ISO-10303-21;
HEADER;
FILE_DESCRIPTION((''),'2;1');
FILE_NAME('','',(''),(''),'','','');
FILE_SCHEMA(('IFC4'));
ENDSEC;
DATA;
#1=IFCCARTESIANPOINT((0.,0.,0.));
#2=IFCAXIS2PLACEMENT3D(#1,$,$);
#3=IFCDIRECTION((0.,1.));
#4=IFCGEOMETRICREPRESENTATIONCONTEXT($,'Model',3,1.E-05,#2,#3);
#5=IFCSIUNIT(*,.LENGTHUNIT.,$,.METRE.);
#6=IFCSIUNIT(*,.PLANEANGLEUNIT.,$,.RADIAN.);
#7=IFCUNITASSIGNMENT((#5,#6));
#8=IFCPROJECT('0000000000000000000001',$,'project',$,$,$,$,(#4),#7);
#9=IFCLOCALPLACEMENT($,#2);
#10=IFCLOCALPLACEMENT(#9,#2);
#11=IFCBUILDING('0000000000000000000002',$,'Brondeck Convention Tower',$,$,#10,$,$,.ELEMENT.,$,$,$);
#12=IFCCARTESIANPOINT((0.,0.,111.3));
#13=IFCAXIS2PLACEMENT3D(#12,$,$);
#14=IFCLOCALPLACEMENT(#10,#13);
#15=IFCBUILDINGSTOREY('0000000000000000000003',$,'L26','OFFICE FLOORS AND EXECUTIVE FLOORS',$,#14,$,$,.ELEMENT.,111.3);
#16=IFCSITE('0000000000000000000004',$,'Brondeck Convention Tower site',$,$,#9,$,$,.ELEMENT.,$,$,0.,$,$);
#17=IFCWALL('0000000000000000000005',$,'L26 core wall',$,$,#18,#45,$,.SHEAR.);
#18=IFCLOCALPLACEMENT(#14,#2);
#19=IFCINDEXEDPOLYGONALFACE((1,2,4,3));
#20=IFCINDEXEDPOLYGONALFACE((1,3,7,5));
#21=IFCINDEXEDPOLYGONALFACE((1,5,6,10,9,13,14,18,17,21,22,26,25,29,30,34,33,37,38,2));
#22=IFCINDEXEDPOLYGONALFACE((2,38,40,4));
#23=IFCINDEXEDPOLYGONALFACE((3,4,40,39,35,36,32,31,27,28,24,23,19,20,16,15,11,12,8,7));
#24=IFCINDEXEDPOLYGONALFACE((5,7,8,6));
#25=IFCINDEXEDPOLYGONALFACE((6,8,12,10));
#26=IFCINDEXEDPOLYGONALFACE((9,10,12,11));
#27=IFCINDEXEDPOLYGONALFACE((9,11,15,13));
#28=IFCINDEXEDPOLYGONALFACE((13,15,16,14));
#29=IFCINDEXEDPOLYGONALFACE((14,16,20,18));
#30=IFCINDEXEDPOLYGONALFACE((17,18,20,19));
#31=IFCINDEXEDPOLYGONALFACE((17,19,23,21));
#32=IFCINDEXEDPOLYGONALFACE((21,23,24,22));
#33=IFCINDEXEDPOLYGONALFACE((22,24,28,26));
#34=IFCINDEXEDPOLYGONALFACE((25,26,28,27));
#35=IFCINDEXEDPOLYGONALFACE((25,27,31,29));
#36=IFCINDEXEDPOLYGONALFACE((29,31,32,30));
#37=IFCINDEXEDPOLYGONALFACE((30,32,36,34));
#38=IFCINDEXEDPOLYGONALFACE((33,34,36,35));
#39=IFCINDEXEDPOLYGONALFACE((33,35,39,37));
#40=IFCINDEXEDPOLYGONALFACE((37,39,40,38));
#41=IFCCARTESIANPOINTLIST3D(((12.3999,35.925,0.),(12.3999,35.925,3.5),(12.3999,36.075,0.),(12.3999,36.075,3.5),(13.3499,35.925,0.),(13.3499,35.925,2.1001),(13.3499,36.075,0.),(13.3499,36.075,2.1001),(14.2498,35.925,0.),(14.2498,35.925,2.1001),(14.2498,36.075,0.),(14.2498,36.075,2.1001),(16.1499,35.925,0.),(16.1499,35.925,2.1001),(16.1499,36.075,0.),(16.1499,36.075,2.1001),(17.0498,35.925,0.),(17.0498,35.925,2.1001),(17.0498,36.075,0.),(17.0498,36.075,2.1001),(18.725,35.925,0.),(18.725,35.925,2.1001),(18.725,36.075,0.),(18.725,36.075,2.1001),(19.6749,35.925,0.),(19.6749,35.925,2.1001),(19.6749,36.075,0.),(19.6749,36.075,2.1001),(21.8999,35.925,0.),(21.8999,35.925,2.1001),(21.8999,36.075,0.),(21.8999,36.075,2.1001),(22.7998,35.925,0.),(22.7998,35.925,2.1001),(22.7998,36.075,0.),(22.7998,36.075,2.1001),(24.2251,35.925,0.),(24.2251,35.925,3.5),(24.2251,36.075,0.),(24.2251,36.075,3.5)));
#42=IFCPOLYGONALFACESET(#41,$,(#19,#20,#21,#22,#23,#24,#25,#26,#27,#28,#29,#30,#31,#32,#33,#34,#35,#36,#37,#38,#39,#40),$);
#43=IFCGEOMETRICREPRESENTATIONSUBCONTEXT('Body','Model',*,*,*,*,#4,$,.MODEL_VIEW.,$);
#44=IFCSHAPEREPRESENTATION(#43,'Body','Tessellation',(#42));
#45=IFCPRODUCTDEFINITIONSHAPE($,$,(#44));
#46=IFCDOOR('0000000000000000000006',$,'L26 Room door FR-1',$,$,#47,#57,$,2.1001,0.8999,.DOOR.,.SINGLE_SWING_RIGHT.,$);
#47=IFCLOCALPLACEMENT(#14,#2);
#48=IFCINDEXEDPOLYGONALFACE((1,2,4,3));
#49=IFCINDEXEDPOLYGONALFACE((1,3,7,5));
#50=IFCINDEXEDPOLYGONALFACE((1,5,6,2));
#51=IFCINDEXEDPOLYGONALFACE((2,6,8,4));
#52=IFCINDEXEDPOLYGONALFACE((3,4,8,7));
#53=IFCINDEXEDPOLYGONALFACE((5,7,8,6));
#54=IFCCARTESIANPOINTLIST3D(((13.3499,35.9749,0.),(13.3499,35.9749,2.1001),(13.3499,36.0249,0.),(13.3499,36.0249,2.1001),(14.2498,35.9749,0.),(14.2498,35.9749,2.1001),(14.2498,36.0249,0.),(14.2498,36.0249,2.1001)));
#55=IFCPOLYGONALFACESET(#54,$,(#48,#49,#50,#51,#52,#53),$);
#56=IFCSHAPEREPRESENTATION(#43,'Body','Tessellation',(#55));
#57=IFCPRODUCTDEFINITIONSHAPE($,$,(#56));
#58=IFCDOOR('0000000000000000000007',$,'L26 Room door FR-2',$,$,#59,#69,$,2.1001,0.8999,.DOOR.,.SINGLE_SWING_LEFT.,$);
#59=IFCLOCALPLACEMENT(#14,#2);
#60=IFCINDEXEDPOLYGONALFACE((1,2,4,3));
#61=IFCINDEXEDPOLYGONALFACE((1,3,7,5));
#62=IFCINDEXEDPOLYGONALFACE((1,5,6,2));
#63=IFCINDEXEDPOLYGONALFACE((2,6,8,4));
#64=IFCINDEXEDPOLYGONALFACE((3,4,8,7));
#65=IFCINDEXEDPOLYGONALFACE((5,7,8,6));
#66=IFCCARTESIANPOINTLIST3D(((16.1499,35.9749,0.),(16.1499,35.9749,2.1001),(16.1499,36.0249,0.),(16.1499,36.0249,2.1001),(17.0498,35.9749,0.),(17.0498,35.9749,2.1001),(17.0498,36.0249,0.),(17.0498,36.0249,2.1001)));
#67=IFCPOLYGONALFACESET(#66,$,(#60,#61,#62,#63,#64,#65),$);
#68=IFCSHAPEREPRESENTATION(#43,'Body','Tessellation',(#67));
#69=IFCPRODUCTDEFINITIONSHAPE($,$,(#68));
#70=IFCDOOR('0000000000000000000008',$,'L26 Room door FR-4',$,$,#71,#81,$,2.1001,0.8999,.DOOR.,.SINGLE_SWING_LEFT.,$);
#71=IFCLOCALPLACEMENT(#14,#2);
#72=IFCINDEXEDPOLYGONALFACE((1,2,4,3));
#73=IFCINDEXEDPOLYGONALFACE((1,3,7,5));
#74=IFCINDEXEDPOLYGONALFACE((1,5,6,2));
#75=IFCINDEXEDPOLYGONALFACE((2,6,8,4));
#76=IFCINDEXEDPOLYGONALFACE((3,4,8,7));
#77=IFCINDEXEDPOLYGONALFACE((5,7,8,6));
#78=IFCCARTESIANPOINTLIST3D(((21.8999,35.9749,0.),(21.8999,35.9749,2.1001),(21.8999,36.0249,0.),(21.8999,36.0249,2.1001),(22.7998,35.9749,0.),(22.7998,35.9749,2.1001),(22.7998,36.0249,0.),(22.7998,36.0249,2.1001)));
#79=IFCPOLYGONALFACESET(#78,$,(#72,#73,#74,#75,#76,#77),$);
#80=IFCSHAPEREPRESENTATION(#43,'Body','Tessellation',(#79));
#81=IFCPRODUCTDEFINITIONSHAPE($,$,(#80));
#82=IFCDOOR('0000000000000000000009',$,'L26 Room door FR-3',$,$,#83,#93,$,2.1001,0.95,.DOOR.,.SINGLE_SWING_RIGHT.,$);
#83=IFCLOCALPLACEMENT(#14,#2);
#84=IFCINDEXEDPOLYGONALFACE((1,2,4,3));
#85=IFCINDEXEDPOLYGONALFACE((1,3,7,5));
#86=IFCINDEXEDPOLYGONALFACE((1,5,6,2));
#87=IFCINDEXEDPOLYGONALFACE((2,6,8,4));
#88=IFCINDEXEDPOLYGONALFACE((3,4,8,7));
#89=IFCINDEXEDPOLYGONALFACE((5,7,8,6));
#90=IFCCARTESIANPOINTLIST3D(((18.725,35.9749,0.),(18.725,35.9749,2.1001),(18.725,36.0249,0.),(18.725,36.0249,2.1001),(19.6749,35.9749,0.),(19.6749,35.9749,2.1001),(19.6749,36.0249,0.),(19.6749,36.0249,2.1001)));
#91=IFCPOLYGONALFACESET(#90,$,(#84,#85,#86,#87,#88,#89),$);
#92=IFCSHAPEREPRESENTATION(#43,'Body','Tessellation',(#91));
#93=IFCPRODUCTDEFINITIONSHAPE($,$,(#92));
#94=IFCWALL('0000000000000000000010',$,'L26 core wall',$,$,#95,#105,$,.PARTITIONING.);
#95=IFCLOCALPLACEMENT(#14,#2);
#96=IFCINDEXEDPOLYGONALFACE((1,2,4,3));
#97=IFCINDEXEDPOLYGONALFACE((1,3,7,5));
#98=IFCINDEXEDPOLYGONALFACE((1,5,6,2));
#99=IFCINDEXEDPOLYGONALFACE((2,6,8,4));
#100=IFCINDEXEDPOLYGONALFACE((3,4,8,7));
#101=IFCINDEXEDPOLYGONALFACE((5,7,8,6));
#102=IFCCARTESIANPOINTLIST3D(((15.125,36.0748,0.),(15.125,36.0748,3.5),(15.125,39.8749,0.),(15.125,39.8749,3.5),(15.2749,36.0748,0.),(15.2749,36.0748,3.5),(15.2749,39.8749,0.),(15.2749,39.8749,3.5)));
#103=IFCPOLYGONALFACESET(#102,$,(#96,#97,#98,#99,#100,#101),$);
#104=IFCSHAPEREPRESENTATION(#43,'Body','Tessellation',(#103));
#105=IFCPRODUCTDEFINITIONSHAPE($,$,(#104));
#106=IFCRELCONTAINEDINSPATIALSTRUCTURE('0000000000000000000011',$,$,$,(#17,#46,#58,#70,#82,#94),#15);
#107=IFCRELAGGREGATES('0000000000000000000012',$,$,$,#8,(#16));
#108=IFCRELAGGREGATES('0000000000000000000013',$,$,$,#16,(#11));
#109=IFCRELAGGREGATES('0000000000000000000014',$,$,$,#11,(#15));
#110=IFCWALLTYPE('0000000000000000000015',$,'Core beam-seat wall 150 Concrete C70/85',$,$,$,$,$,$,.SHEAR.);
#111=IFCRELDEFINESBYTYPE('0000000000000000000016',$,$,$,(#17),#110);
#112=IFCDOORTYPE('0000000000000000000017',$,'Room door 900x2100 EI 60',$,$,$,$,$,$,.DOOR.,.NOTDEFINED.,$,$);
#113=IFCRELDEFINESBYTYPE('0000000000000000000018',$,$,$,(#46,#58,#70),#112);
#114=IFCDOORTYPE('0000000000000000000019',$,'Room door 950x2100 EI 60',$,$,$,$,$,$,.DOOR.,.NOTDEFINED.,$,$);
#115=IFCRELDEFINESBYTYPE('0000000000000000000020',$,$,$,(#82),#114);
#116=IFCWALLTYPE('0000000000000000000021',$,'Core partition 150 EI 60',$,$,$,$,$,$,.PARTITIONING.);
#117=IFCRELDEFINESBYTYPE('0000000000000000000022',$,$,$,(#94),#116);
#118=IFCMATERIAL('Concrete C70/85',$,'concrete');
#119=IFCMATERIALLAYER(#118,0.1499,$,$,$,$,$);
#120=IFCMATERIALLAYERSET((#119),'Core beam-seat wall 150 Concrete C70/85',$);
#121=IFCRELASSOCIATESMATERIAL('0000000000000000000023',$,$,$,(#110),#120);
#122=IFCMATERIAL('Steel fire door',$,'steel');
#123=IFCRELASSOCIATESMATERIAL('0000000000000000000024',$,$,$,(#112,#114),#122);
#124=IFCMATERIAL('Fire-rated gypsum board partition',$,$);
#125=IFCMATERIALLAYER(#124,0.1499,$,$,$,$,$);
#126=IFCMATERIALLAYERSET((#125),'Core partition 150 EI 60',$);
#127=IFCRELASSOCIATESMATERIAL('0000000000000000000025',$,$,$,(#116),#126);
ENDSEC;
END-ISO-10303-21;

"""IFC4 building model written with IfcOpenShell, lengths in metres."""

from ifc_helpers import new_model, si_unit, direction, frame, frame_2d, origin, place, context, subcontext, project, spatial, rectangle, extrude, material, layer, layer_set, type_object, element, fill, save


model = new_model("IFC4")

# Units and contexts
model_context = context("Model", 3, precision=1e-05, world=origin(), true_north=direction((0.0, 1.0)))
body_context = subcontext(model_context, "Body", "Model", "MODEL_VIEW")
ifc_project = project(units=[si_unit("LENGTHUNIT", "METRE"), si_unit("PLANEANGLEUNIT", "RADIAN")], contexts=[model_context])

# Site, building, storey
site_placement = place(None, origin())
site = spatial("IfcSite", under=ifc_project, at=site_placement, Name="Brondeck Convention Tower site", CompositionType="ELEMENT", RefElevation=0.0)
building_placement = place(site_placement, origin())
building = spatial("IfcBuilding", under=site, at=building_placement, Name="Brondeck Convention Tower", CompositionType="ELEMENT")
storey_placement = place(building_placement, frame((0.0, 0.0, 111.3)))
storey = spatial("IfcBuildingStorey", under=building, at=storey_placement, Name="L26", Description="OFFICE FLOORS AND EXECUTIVE FLOORS", CompositionType="ELEMENT", Elevation=111.3)

# Wall, openings, doors
ifc_material_1 = material(Name="Concrete C70/85", Category="concrete")
ifc_layer_1 = layer(ifc_material_1, 0.1499)
ifc_layer_set_1 = layer_set([ifc_layer_1], Name="Core beam-seat wall 150 Concrete C70/85")
wall_type_1 = type_object("IfcWallType", Name="Core beam-seat wall 150 Concrete C70/85", PredefinedType="SHEAR", material=ifc_layer_set_1)
wall_1_placement = place(storey_placement, frame((12.3999, 36.0, 0.0), z_axis=(0.0, 0.0, 1.0), x_axis=(1.0, 0.0, 0.0)))
wall_1 = element("IfcWall", 1, at=wall_1_placement, inside=storey, type_object=wall_type_1, Name="L26 core wall", PredefinedType="SHEAR", context=body_context, shape_type="SweptSolid", body=[
    extrude(rectangle(XDim=11.8252, YDim=0.1499, at=frame_2d((5.9126, 0.0))), origin(), (0.0, 0.0, 1.0), 3.5),
])
opening_1_placement = place(wall_1_placement, frame((0.95, 0.0, 0.0)))
opening_1 = element("IfcOpeningElement", 2, at=opening_1_placement, cuts=wall_1, PredefinedType="OPENING", context=body_context, shape_type="SweptSolid", body=[
    extrude(rectangle(XDim=0.8999, YDim=2.1001, at=frame_2d((0.45, 1.05))), frame((0.0, 0.085, 0.0), z_axis=(0.0, -1.0, 0.0), x_axis=(1.0, 0.0, 0.0)), (0.0, 0.0, 1.0), 0.1699),
])
opening_2_placement = place(wall_1_placement, frame((3.75, 0.0, 0.0)))
opening_2 = element("IfcOpeningElement", 3, at=opening_2_placement, cuts=wall_1, PredefinedType="OPENING", context=body_context, shape_type="SweptSolid", body=[
    extrude(rectangle(XDim=0.8999, YDim=2.1001, at=frame_2d((0.45, 1.05))), frame((0.0, 0.085, 0.0), z_axis=(0.0, -1.0, 0.0), x_axis=(1.0, 0.0, 0.0)), (0.0, 0.0, 1.0), 0.1699),
])
opening_3_placement = place(wall_1_placement, frame((6.325, 0.0, 0.0)))
opening_3 = element("IfcOpeningElement", 4, at=opening_3_placement, cuts=wall_1, PredefinedType="OPENING", context=body_context, shape_type="SweptSolid", body=[
    extrude(rectangle(XDim=0.95, YDim=2.1001, at=frame_2d((0.4751, 1.05))), frame((0.0, 0.085, 0.0), z_axis=(0.0, -1.0, 0.0), x_axis=(1.0, 0.0, 0.0)), (0.0, 0.0, 1.0), 0.1699),
])
opening_4_placement = place(wall_1_placement, frame((9.5, 0.0, 0.0)))
opening_4 = element("IfcOpeningElement", 5, at=opening_4_placement, cuts=wall_1, PredefinedType="OPENING", context=body_context, shape_type="SweptSolid", body=[
    extrude(rectangle(XDim=0.8999, YDim=2.1001, at=frame_2d((0.45, 1.05))), frame((0.0, 0.085, 0.0), z_axis=(0.0, -1.0, 0.0), x_axis=(1.0, 0.0, 0.0)), (0.0, 0.0, 1.0), 0.1699),
])
ifc_material_2 = material(Name="Steel fire door", Category="steel")
door_type_1 = type_object("IfcDoorType", Name="Room door 900x2100 EI 60", OperationType="NOTDEFINED", PredefinedType="DOOR", material=ifc_material_2)
door_1_placement = place(opening_1_placement, origin())
door_1 = element("IfcDoor", 6, at=door_1_placement, inside=storey, type_object=door_type_1, Name="L26 Room door FR-1", OperationType="SINGLE_SWING_RIGHT", OverallHeight=2.1001, OverallWidth=0.8999, PredefinedType="DOOR", context=body_context, shape_type="SweptSolid", body=[
    extrude(rectangle(XDim=0.8999, YDim=2.1001, at=frame_2d((0.45, 1.05))), frame((0.0, 0.0249, 0.0), z_axis=(0.0, -1.0, 0.0), x_axis=(1.0, 0.0, 0.0)), (0.0, 0.0, 1.0), 0.05),
])
fill(opening_1, door_1)
door_2_placement = place(opening_2_placement, origin())
door_2 = element("IfcDoor", 7, at=door_2_placement, inside=storey, type_object=door_type_1, Name="L26 Room door FR-2", OperationType="SINGLE_SWING_LEFT", OverallHeight=2.1001, OverallWidth=0.8999, PredefinedType="DOOR", context=body_context, shape_type="SweptSolid", body=[
    extrude(rectangle(XDim=0.8999, YDim=2.1001, at=frame_2d((0.45, 1.05))), frame((0.0, 0.0249, 0.0), z_axis=(0.0, -1.0, 0.0), x_axis=(1.0, 0.0, 0.0)), (0.0, 0.0, 1.0), 0.05),
])
fill(opening_2, door_2)
door_3_placement = place(opening_4_placement, origin())
door_3 = element("IfcDoor", 8, at=door_3_placement, inside=storey, type_object=door_type_1, Name="L26 Room door FR-4", OperationType="SINGLE_SWING_LEFT", OverallHeight=2.1001, OverallWidth=0.8999, PredefinedType="DOOR", context=body_context, shape_type="SweptSolid", body=[
    extrude(rectangle(XDim=0.8999, YDim=2.1001, at=frame_2d((0.45, 1.05))), frame((0.0, 0.0249, 0.0), z_axis=(0.0, -1.0, 0.0), x_axis=(1.0, 0.0, 0.0)), (0.0, 0.0, 1.0), 0.05),
])
fill(opening_4, door_3)
door_type_2 = type_object("IfcDoorType", Name="Room door 950x2100 EI 60", OperationType="NOTDEFINED", PredefinedType="DOOR", material=ifc_material_2)
door_4_placement = place(opening_3_placement, origin())
door_4 = element("IfcDoor", 9, at=door_4_placement, inside=storey, type_object=door_type_2, Name="L26 Room door FR-3", OperationType="SINGLE_SWING_RIGHT", OverallHeight=2.1001, OverallWidth=0.95, PredefinedType="DOOR", context=body_context, shape_type="SweptSolid", body=[
    extrude(rectangle(XDim=0.95, YDim=2.1001, at=frame_2d((0.4751, 1.05))), frame((0.0, 0.0249, 0.0), z_axis=(0.0, -1.0, 0.0), x_axis=(1.0, 0.0, 0.0)), (0.0, 0.0, 1.0), 0.05),
])
fill(opening_3, door_4)

# Wall
ifc_material_3 = material(Name="Fire-rated gypsum board partition")
ifc_layer_2 = layer(ifc_material_3, 0.1499)
ifc_layer_set_2 = layer_set([ifc_layer_2], Name="Core partition 150 EI 60")
wall_type_2 = type_object("IfcWallType", Name="Core partition 150 EI 60", PredefinedType="PARTITIONING", material=ifc_layer_set_2)
wall_2_placement = place(storey_placement, frame((15.2, 36.075, 0.0), z_axis=(0.0, 0.0, 1.0), x_axis=(0.0, 1.0, 0.0)))
element("IfcWall", 10, at=wall_2_placement, inside=storey, type_object=wall_type_2, Name="L26 core wall", PredefinedType="PARTITIONING", context=body_context, shape_type="SweptSolid", body=[
    extrude(rectangle(XDim=3.8, YDim=0.1499, at=frame_2d((1.8999, 0.0))), origin(), (0.0, 0.0, 1.0), 3.5),
])

save(model, "model.ifc")
